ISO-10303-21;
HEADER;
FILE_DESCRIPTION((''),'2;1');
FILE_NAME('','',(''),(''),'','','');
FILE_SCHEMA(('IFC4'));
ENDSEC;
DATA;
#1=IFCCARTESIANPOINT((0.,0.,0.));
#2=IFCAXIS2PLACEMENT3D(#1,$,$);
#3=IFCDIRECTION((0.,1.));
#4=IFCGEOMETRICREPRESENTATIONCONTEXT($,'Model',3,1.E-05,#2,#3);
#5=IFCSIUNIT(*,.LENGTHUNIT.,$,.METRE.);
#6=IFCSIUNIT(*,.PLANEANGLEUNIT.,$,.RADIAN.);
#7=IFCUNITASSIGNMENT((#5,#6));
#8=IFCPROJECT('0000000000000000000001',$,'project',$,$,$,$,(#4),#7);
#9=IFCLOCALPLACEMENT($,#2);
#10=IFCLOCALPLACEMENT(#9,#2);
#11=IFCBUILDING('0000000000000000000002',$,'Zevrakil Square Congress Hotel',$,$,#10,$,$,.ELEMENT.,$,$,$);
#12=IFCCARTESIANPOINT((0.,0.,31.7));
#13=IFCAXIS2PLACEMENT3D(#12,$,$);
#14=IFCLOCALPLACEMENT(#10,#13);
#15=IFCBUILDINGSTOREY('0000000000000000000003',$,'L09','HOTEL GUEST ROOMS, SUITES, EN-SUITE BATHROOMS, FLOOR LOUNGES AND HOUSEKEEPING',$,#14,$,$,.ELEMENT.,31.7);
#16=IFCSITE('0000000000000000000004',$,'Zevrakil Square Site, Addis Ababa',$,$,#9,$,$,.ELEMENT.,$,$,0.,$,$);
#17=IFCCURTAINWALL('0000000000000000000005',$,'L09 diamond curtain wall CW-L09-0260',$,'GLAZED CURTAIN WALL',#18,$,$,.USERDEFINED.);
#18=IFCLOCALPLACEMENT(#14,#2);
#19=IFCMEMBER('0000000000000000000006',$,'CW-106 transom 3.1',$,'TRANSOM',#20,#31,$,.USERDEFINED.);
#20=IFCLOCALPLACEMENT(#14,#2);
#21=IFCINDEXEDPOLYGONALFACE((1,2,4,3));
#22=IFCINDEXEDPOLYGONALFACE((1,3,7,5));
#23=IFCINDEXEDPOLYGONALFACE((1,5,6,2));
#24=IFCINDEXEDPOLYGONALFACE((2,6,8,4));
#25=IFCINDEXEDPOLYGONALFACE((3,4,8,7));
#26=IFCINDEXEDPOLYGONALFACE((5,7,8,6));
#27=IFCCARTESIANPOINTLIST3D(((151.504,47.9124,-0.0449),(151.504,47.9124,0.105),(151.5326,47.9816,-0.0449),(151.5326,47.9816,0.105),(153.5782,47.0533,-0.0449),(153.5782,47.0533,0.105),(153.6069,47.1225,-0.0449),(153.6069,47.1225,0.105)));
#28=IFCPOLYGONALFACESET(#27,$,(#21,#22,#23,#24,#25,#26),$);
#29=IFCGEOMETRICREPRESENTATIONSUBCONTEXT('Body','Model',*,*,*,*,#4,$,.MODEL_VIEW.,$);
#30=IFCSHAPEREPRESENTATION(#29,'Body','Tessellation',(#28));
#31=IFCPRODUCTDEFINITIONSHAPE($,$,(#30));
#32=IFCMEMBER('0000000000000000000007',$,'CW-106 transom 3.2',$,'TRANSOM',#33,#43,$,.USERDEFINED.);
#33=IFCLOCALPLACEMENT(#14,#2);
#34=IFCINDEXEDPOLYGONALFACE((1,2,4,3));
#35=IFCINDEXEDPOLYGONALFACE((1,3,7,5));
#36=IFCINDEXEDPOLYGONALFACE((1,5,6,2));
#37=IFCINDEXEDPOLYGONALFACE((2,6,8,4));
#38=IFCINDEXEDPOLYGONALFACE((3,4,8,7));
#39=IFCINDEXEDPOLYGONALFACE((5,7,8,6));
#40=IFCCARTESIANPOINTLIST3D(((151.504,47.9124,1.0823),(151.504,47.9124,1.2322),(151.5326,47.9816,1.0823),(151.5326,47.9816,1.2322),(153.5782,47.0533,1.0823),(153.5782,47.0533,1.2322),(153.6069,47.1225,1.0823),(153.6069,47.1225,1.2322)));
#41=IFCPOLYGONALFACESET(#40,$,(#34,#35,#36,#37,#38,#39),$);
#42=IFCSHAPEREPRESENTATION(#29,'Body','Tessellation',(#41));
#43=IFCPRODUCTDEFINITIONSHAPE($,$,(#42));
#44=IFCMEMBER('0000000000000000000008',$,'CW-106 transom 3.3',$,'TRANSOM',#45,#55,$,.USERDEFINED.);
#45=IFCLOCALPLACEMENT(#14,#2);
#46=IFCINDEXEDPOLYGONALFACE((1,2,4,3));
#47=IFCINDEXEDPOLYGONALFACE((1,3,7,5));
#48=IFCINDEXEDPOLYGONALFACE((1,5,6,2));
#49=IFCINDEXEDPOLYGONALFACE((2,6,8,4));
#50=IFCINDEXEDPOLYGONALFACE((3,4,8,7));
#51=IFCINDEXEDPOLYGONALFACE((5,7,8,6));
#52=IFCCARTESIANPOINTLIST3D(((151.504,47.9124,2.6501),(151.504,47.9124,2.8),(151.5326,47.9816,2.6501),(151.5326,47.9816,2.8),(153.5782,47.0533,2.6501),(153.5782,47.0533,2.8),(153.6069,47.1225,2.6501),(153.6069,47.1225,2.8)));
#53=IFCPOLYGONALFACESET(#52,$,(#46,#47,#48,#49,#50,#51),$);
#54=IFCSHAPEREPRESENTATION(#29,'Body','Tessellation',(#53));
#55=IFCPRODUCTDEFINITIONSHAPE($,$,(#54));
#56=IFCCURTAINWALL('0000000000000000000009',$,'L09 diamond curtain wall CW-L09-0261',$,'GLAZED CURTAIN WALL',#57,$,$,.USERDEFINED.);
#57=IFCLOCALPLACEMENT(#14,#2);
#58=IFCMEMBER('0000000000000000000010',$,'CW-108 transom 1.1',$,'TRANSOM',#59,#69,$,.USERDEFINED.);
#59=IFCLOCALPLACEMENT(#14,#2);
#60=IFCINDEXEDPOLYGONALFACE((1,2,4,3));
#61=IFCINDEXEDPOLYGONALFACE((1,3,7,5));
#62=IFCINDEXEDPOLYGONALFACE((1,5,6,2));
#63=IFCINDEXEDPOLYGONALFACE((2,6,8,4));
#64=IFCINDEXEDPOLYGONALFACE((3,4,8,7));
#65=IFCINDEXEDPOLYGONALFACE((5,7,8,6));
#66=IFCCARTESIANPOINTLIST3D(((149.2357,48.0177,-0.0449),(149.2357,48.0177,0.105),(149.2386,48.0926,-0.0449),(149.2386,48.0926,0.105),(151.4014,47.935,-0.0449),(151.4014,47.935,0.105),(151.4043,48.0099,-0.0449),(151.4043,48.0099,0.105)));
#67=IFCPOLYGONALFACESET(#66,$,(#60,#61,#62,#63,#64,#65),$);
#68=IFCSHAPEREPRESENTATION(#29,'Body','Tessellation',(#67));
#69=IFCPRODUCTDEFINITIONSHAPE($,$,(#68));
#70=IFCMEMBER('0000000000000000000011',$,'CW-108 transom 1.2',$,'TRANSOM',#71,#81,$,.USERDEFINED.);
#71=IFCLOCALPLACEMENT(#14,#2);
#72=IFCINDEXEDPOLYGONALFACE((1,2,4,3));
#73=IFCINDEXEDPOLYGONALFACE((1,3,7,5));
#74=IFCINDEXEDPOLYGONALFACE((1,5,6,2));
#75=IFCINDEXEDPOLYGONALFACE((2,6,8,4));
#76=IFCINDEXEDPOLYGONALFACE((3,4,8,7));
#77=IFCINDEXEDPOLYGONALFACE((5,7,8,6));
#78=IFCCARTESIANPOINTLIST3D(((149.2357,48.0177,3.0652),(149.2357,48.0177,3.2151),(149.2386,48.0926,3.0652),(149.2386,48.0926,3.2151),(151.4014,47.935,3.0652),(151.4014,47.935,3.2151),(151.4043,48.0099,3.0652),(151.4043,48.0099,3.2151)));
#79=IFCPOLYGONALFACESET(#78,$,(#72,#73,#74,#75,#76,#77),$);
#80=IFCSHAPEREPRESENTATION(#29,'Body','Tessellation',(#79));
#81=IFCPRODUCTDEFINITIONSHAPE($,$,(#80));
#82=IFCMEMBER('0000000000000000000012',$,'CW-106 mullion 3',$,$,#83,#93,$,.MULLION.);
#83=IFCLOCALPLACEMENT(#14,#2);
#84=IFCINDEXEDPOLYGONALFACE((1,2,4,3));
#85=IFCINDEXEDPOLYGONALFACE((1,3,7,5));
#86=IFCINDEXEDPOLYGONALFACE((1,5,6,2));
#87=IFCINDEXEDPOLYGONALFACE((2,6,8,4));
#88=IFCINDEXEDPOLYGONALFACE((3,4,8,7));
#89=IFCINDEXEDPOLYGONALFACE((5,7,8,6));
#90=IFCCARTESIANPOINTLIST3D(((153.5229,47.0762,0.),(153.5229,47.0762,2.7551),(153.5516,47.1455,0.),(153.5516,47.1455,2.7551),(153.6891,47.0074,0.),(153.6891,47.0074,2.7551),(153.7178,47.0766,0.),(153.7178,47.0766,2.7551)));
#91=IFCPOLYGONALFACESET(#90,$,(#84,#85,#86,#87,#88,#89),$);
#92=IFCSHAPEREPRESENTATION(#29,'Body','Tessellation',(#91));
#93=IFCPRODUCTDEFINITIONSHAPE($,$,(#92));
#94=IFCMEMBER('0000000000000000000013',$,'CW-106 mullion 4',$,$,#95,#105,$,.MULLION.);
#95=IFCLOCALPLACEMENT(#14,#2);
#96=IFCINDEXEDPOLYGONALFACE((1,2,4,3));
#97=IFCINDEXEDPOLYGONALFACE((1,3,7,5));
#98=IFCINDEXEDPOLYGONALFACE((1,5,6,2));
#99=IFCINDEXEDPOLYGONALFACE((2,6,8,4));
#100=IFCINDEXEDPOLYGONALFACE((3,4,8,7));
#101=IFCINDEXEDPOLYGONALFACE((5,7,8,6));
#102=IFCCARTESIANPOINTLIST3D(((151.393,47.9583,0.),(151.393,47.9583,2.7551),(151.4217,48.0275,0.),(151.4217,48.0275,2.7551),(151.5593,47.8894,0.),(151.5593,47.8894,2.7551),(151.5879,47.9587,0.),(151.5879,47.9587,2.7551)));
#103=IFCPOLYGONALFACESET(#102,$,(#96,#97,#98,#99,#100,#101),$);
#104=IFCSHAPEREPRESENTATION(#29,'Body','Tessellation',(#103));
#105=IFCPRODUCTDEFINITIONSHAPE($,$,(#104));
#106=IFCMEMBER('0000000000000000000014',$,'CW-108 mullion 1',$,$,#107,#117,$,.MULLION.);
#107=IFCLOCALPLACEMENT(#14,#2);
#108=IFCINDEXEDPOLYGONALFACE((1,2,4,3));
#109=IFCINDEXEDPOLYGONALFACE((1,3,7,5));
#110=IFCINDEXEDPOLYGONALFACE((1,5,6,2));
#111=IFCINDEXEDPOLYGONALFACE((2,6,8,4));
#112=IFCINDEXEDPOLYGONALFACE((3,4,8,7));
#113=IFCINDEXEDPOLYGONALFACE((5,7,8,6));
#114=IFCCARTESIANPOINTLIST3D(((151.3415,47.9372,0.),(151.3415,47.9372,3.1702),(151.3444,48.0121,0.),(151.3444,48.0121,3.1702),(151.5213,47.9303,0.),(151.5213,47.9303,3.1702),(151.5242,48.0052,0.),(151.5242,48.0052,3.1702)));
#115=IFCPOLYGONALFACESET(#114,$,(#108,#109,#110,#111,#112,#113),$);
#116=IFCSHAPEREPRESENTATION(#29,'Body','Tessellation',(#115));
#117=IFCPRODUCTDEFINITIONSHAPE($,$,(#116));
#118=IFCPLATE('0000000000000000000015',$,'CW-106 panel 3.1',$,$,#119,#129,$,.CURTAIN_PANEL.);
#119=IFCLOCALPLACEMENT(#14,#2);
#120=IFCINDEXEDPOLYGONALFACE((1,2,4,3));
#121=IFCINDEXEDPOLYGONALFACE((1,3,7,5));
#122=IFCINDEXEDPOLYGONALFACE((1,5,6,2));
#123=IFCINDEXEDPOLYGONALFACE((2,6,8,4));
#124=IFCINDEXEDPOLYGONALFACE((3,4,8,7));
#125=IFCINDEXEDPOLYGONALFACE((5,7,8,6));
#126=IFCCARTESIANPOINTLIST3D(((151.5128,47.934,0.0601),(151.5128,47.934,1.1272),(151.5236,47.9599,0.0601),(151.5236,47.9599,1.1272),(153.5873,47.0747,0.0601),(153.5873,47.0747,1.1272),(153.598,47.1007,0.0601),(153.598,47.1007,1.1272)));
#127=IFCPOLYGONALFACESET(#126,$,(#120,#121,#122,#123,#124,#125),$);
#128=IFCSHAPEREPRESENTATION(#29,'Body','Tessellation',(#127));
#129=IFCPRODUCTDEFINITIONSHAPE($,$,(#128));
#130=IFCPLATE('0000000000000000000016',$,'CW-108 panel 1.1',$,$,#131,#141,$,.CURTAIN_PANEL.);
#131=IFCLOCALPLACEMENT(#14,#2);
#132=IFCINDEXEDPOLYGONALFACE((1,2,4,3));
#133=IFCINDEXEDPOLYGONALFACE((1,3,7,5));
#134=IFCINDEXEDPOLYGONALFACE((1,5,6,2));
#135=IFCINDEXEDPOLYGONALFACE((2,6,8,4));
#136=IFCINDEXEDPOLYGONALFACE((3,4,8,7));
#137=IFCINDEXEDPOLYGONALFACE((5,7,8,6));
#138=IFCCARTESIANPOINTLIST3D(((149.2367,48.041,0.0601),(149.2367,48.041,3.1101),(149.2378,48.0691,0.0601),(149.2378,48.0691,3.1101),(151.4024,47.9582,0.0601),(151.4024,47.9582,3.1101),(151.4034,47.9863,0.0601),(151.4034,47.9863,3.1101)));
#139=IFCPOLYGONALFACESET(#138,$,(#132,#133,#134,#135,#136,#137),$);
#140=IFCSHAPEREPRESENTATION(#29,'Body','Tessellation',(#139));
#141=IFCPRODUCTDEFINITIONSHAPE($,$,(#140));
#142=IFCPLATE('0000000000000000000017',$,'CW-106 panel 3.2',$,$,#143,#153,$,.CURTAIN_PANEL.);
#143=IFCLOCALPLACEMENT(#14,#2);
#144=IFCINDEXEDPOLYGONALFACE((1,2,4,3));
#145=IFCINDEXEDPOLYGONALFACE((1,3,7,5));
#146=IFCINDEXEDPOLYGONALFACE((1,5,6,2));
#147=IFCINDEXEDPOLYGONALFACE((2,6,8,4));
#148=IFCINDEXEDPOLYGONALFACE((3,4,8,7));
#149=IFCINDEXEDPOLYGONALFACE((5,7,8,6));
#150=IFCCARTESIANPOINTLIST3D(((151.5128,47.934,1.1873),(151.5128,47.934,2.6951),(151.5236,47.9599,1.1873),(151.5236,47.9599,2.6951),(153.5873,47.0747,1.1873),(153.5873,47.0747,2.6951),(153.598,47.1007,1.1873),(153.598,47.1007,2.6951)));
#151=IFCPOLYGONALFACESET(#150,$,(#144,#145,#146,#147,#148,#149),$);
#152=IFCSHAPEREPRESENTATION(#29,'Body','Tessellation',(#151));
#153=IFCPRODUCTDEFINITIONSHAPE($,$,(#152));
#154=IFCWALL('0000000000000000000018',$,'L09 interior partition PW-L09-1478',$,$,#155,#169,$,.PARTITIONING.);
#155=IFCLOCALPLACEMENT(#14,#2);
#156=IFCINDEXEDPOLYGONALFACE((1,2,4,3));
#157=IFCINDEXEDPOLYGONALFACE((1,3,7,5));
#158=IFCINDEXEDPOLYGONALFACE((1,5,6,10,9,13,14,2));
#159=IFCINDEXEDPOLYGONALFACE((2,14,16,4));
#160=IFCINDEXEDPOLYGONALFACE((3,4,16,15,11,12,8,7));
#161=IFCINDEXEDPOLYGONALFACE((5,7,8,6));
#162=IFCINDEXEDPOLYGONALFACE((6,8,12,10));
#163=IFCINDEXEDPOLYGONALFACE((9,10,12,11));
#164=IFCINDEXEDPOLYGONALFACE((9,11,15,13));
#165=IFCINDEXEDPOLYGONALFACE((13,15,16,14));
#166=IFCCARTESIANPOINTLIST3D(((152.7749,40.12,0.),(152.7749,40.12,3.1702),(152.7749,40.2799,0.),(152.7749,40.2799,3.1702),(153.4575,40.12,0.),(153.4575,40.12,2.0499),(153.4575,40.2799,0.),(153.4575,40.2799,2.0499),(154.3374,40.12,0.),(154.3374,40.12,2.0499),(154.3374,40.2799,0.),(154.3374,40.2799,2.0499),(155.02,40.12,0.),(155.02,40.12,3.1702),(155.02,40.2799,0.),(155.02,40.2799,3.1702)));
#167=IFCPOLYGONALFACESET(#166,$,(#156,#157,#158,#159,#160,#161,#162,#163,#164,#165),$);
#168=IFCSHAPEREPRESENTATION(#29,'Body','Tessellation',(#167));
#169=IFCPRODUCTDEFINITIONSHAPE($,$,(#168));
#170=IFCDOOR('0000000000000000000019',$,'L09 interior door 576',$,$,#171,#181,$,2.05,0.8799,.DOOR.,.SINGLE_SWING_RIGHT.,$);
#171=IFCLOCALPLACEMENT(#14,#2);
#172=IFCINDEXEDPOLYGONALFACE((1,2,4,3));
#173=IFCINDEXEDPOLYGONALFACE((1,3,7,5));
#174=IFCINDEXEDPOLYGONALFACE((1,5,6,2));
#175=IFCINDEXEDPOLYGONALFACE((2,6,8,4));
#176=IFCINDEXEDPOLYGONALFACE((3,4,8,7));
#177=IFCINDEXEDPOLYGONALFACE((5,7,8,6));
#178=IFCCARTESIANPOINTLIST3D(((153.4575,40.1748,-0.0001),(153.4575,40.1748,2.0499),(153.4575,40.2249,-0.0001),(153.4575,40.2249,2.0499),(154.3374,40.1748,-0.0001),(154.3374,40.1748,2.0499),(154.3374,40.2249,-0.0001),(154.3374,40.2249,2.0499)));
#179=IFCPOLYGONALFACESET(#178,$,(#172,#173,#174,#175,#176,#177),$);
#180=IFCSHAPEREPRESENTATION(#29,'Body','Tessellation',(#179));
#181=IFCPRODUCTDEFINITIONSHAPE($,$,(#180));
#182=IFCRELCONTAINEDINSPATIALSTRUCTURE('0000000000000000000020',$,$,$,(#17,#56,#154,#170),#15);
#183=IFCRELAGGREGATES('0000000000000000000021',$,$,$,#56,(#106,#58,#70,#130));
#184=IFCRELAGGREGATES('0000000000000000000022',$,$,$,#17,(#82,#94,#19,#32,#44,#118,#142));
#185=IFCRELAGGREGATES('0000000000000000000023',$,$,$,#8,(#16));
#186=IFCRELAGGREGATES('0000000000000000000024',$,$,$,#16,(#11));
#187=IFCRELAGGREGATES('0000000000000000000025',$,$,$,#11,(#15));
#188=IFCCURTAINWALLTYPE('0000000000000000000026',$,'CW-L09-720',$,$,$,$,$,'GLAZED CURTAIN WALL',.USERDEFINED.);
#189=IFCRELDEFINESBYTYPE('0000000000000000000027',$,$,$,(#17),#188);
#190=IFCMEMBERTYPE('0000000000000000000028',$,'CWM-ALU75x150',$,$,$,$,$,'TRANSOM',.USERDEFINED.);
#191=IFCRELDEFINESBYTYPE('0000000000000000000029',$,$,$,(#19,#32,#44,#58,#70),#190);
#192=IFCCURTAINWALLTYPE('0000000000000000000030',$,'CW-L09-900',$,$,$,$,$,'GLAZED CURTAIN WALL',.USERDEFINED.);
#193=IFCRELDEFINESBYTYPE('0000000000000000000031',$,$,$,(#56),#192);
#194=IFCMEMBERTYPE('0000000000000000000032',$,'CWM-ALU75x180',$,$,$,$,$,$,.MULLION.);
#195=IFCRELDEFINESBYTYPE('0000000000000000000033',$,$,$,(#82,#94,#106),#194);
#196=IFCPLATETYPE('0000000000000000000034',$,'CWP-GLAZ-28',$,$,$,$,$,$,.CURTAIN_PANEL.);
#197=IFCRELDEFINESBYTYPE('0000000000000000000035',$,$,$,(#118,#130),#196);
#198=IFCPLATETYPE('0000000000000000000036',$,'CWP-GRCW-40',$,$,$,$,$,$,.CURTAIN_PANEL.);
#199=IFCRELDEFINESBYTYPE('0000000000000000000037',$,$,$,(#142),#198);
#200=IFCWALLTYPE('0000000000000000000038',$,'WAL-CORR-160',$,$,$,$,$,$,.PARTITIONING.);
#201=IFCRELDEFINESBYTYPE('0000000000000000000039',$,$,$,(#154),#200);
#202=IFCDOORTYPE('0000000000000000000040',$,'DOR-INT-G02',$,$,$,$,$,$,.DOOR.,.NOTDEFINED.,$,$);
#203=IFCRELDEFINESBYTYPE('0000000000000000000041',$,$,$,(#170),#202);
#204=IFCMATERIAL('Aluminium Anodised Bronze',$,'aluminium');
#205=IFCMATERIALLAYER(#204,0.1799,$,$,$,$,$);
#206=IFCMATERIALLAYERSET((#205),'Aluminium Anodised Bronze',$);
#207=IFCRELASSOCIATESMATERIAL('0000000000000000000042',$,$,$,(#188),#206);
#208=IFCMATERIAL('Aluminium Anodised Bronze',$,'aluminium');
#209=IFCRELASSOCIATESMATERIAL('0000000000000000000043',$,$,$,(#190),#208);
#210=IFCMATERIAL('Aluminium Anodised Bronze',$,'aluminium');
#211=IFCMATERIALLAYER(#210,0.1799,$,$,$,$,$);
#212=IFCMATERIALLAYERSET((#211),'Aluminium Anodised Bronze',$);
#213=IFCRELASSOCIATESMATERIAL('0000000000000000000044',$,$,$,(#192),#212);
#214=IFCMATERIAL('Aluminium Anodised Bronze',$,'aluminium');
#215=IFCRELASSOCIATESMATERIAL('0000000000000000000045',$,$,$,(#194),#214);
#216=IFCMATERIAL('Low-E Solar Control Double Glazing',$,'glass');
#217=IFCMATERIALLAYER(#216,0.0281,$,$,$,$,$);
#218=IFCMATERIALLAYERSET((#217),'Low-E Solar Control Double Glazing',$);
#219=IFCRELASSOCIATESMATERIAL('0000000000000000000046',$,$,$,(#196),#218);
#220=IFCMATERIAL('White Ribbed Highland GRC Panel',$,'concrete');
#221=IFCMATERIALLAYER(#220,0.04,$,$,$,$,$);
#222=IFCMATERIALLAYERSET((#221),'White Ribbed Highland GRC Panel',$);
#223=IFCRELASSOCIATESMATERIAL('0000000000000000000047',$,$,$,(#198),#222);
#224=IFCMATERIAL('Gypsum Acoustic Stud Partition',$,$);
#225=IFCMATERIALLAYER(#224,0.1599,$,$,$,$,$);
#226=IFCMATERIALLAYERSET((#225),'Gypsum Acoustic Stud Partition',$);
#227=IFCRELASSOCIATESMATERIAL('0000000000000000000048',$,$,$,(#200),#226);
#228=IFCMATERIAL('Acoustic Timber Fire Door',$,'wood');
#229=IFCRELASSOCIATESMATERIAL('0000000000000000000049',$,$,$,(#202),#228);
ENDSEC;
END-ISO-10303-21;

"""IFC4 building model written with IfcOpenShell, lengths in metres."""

from ifc_helpers import new_model, si_unit, direction, frame, frame_2d, origin, origin_2d, place, context, subcontext, project, spatial, rectangle, extrude, material, layer, layer_set, material_profile, profile_set, type_object, element, fill, aggregate, save


model = new_model("IFC4")

# Units and contexts
model_context = context("Model", 3, precision=1e-05, world=origin(), true_north=direction((0.0, 1.0)))
body_context = subcontext(model_context, "Body", "Model", "MODEL_VIEW")
ifc_project = project(units=[si_unit("LENGTHUNIT", "METRE"), si_unit("PLANEANGLEUNIT", "RADIAN")], contexts=[model_context])

# Site, building, storey
site_placement = place(None, origin())
site = spatial("IfcSite", under=ifc_project, at=site_placement, Name="Zevrakil Square Site, Addis Ababa", CompositionType="ELEMENT", RefElevation=0.0)
building_placement = place(site_placement, origin())
building = spatial("IfcBuilding", under=site, at=building_placement, Name="Zevrakil Square Congress Hotel", CompositionType="ELEMENT")
storey_placement = place(building_placement, frame((0.0, 0.0, 31.7)))
storey = spatial("IfcBuildingStorey", under=building, at=storey_placement, Name="L09", Description="HOTEL GUEST ROOMS, SUITES, EN-SUITE BATHROOMS, FLOOR LOUNGES AND HOUSEKEEPING", CompositionType="ELEMENT", Elevation=31.7)

# Curtain walls, members
ifc_material_1 = material(Name="Aluminium Anodised Bronze", Category="aluminium")
ifc_layer_1 = layer(ifc_material_1, 0.1799)
ifc_layer_set_1 = layer_set([ifc_layer_1], Name="Aluminium Anodised Bronze")
curtain_wall_type_1 = type_object("IfcCurtainWallType", Name="CW-L09-720", ElementType="GLAZED CURTAIN WALL", PredefinedType="USERDEFINED", material=ifc_layer_set_1)
curtain_wall_1_placement = place(storey_placement, origin())
curtain_wall_1 = element("IfcCurtainWall", 1, at=curtain_wall_1_placement, inside=storey, type_object=curtain_wall_type_1, Name="L09 diamond curtain wall CW-L09-0260", ObjectType="GLAZED CURTAIN WALL", PredefinedType="USERDEFINED")
ifc_material_2 = material(Name="Aluminium Anodised Bronze", Category="aluminium")
ifc_material_profile_1 = material_profile(ifc_material_2, rectangle(XDim=0.075, YDim=0.1499, at=origin_2d()), Name="ALU 75x150")
ifc_profile_set_1 = profile_set([ifc_material_profile_1], Name="Aluminium Anodised Bronze")
member_type_1 = type_object("IfcMemberType", Name="CWM-ALU75x150", ElementType="TRANSOM", PredefinedType="USERDEFINED", material=ifc_profile_set_1)
member_1_placement = place(storey_placement, frame((153.5925, 47.0879, 0.03), z_axis=(-0.923886, 0.382669, 0.0), x_axis=(-0.382669, -0.923886, 0.0)))
member_1 = element("IfcMember", 2, at=member_1_placement, type_object=member_type_1, Name="CW-106 transom 3.1", ObjectType="TRANSOM", PredefinedType="USERDEFINED", context=body_context, shape_type="SweptSolid", body=[
    extrude(rectangle(XDim=0.075, YDim=0.1499, at=origin_2d()), origin(), (0.0, 0.0, 1.0), 2.2451),
])
member_2_placement = place(storey_placement, frame((153.5925, 47.0879, 1.1572), z_axis=(-0.923886, 0.382669, 0.0), x_axis=(-0.382669, -0.923886, 0.0)))
member_2 = element("IfcMember", 3, at=member_2_placement, type_object=member_type_1, Name="CW-106 transom 3.2", ObjectType="TRANSOM", PredefinedType="USERDEFINED", context=body_context, shape_type="SweptSolid", body=[
    extrude(rectangle(XDim=0.075, YDim=0.1499, at=origin_2d()), origin(), (0.0, 0.0, 1.0), 2.2451),
])
member_3_placement = place(storey_placement, frame((153.5925, 47.0879, 2.7251), z_axis=(-0.923886, 0.382669, 0.0), x_axis=(-0.382669, -0.923886, 0.0)))
member_3 = element("IfcMember", 4, at=member_3_placement, type_object=member_type_1, Name="CW-106 transom 3.3", ObjectType="TRANSOM", PredefinedType="USERDEFINED", context=body_context, shape_type="SweptSolid", body=[
    extrude(rectangle(XDim=0.075, YDim=0.1499, at=origin_2d()), origin(), (0.0, 0.0, 1.0), 2.2451),
])
ifc_material_3 = material(Name="Aluminium Anodised Bronze", Category="aluminium")
ifc_layer_2 = layer(ifc_material_3, 0.1799)
ifc_layer_set_2 = layer_set([ifc_layer_2], Name="Aluminium Anodised Bronze")
curtain_wall_type_2 = type_object("IfcCurtainWallType", Name="CW-L09-900", ElementType="GLAZED CURTAIN WALL", PredefinedType="USERDEFINED", material=ifc_layer_set_2)
curtain_wall_2_placement = place(storey_placement, origin())
curtain_wall_2 = element("IfcCurtainWall", 5, at=curtain_wall_2_placement, inside=storey, type_object=curtain_wall_type_2, Name="L09 diamond curtain wall CW-L09-0261", ObjectType="GLAZED CURTAIN WALL", PredefinedType="USERDEFINED")
member_4_placement = place(storey_placement, frame((151.4028, 47.9724, 0.03), z_axis=(-0.999271, 0.038187, 0.0), x_axis=(-0.038187, -0.999271, 0.0)))
member_4 = element("IfcMember", 6, at=member_4_placement, type_object=member_type_1, Name="CW-108 transom 1.1", ObjectType="TRANSOM", PredefinedType="USERDEFINED", context=body_context, shape_type="SweptSolid", body=[
    extrude(rectangle(XDim=0.075, YDim=0.1499, at=origin_2d()), origin(), (0.0, 0.0, 1.0), 2.1672),
])
member_5_placement = place(storey_placement, frame((151.4028, 47.9724, 3.1401), z_axis=(-0.999271, 0.038187, 0.0), x_axis=(-0.038187, -0.999271, 0.0)))
member_5 = element("IfcMember", 7, at=member_5_placement, type_object=member_type_1, Name="CW-108 transom 1.2", ObjectType="TRANSOM", PredefinedType="USERDEFINED", context=body_context, shape_type="SweptSolid", body=[
    extrude(rectangle(XDim=0.075, YDim=0.1499, at=origin_2d()), origin(), (0.0, 0.0, 1.0), 2.1672),
])

# Members
ifc_material_4 = material(Name="Aluminium Anodised Bronze", Category="aluminium")
ifc_material_profile_2 = material_profile(ifc_material_4, rectangle(XDim=0.075, YDim=0.1799, at=origin_2d()), Name="ALU 75x180")
ifc_profile_set_2 = profile_set([ifc_material_profile_2], Name="Aluminium Anodised Bronze")
member_type_2 = type_object("IfcMemberType", Name="CWM-ALU75x180", PredefinedType="MULLION", material=ifc_profile_set_2)
member_6_placement = place(storey_placement, frame((153.6204, 47.0764, 0.0), z_axis=(0.0, 0.0, 1.0), x_axis=(-0.382684, -0.923879, 0.0)))
member_6 = element("IfcMember", 8, at=member_6_placement, type_object=member_type_2, Name="CW-106 mullion 3", PredefinedType="MULLION", context=body_context, shape_type="SweptSolid", body=[
    extrude(rectangle(XDim=0.075, YDim=0.1799, at=origin_2d()), origin(), (0.0, 0.0, 1.0), 2.7551),
])
member_7_placement = place(storey_placement, frame((151.4905, 47.9585, 0.0), z_axis=(0.0, 0.0, 1.0), x_axis=(-0.382684, -0.923879, 0.0)))
member_7 = element("IfcMember", 9, at=member_7_placement, type_object=member_type_2, Name="CW-106 mullion 4", PredefinedType="MULLION", context=body_context, shape_type="SweptSolid", body=[
    extrude(rectangle(XDim=0.075, YDim=0.1799, at=origin_2d()), origin(), (0.0, 0.0, 1.0), 2.7551),
])
member_8_placement = place(storey_placement, frame((151.4329, 47.9712, 0.0), z_axis=(0.0, 0.0, 1.0), x_axis=(-0.038209, -0.99927, 0.0)))
member_8 = element("IfcMember", 10, at=member_8_placement, type_object=member_type_2, Name="CW-108 mullion 1", PredefinedType="MULLION", context=body_context, shape_type="SweptSolid", body=[
    extrude(rectangle(XDim=0.075, YDim=0.1799, at=origin_2d()), origin(), (0.0, 0.0, 1.0), 3.1702),
])

# Plates
ifc_material_5 = material(Name="Low-E Solar Control Double Glazing", Category="glass")
ifc_layer_3 = layer(ifc_material_5, 0.0281)
ifc_layer_set_3 = layer_set([ifc_layer_3], Name="Low-E Solar Control Double Glazing")
plate_type_1 = type_object("IfcPlateType", Name="CWP-GLAZ-28", PredefinedType="CURTAIN_PANEL", material=ifc_layer_set_3)
plate_1_placement = place(storey_placement, frame((152.5554, 47.5173, 0.0601), z_axis=(0.0, 0.0, 1.0), x_axis=(-0.923879, 0.382684, 0.0)))
plate_1 = element("IfcPlate", 11, at=plate_1_placement, type_object=plate_type_1, Name="CW-106 panel 3.1", PredefinedType="CURTAIN_PANEL", context=body_context, shape_type="SweptSolid", body=[
    extrude(rectangle(XDim=2.2454, YDim=0.0281, at=origin_2d()), origin(), (0.0, 0.0, 1.0), 1.0671),
])
plate_2_placement = place(storey_placement, frame((150.3201, 48.0137, 0.0601), z_axis=(0.0, 0.0, 1.0), x_axis=(-0.99927, 0.038209, 0.0)))
plate_2 = element("IfcPlate", 12, at=plate_2_placement, type_object=plate_type_1, Name="CW-108 panel 1.1", PredefinedType="CURTAIN_PANEL", context=body_context, shape_type="SweptSolid", body=[
    extrude(rectangle(XDim=2.1672, YDim=0.0281, at=origin_2d()), origin(), (0.0, 0.0, 1.0), 3.05),
])
aggregate(curtain_wall_2, [member_8, member_4, member_5, plate_2])
ifc_material_6 = material(Name="White Ribbed Highland GRC Panel", Category="concrete")
ifc_layer_4 = layer(ifc_material_6, 0.04)
ifc_layer_set_4 = layer_set([ifc_layer_4], Name="White Ribbed Highland GRC Panel")
plate_type_2 = type_object("IfcPlateType", Name="CWP-GRCW-40", PredefinedType="CURTAIN_PANEL", material=ifc_layer_set_4)
plate_3_placement = place(storey_placement, frame((152.5554, 47.5173, 1.1873), z_axis=(0.0, 0.0, 1.0), x_axis=(-0.923879, 0.382684, 0.0)))
plate_3 = element("IfcPlate", 13, at=plate_3_placement, type_object=plate_type_2, Name="CW-106 panel 3.2", PredefinedType="CURTAIN_PANEL", context=body_context, shape_type="SweptSolid", body=[
    extrude(rectangle(XDim=2.2454, YDim=0.0281, at=origin_2d()), origin(), (0.0, 0.0, 1.0), 1.5078),
])
aggregate(curtain_wall_1, [member_6, member_7, member_1, member_2, member_3, plate_1, plate_3])

# Wall, opening, door
ifc_material_7 = material(Name="Gypsum Acoustic Stud Partition")
ifc_layer_5 = layer(ifc_material_7, 0.1599)
ifc_layer_set_5 = layer_set([ifc_layer_5], Name="Gypsum Acoustic Stud Partition")
wall_type_1 = type_object("IfcWallType", Name="WAL-CORR-160", PredefinedType="PARTITIONING", material=ifc_layer_set_5)
wall_1_placement = place(storey_placement, frame((152.7749, 40.2, 0.0), z_axis=(0.0, 0.0, 1.0), x_axis=(1.0, 0.0, 0.0)))
wall_1 = element("IfcWall", 14, at=wall_1_placement, inside=storey, type_object=wall_type_1, Name="L09 interior partition PW-L09-1478", PredefinedType="PARTITIONING", context=body_context, shape_type="SweptSolid", body=[
    extrude(rectangle(XDim=2.2451, YDim=0.1599, at=frame_2d((1.1226, 0.0))), origin(), (0.0, 0.0, 1.0), 3.1702),
])
opening_1_placement = place(wall_1_placement, frame((0.6826, 0.0, 0.0)))
opening_1 = element("IfcOpeningElement", 15, at=opening_1_placement, cuts=wall_1, PredefinedType="OPENING", context=body_context, shape_type="SweptSolid", body=[
    extrude(rectangle(XDim=0.8799, YDim=2.05, at=frame_2d((0.4399, 1.0249))), frame((0.0, 0.0898, 0.0), z_axis=(0.0, -1.0, 0.0), x_axis=(1.0, 0.0, 0.0)), (0.0, 0.0, 1.0), 0.1799),
])
ifc_material_8 = material(Name="Acoustic Timber Fire Door", Category="wood")
door_type_1 = type_object("IfcDoorType", Name="DOR-INT-G02", OperationType="NOTDEFINED", PredefinedType="DOOR", material=ifc_material_8)
door_1_placement = place(opening_1_placement, origin())
door_1 = element("IfcDoor", 16, at=door_1_placement, inside=storey, type_object=door_type_1, Name="L09 interior door 576", OperationType="SINGLE_SWING_RIGHT", OverallHeight=2.05, OverallWidth=0.8799, PredefinedType="DOOR", context=body_context, shape_type="SweptSolid", body=[
    extrude(rectangle(XDim=0.8799, YDim=2.05, at=frame_2d((0.4399, 1.0249))), frame((0.0, 0.0249, 0.0), z_axis=(0.0, -1.0, 0.0), x_axis=(1.0, 0.0, 0.0)), (0.0, 0.0, 1.0), 0.05),
])
fill(opening_1, door_1)

save(model, "model.ifc")
